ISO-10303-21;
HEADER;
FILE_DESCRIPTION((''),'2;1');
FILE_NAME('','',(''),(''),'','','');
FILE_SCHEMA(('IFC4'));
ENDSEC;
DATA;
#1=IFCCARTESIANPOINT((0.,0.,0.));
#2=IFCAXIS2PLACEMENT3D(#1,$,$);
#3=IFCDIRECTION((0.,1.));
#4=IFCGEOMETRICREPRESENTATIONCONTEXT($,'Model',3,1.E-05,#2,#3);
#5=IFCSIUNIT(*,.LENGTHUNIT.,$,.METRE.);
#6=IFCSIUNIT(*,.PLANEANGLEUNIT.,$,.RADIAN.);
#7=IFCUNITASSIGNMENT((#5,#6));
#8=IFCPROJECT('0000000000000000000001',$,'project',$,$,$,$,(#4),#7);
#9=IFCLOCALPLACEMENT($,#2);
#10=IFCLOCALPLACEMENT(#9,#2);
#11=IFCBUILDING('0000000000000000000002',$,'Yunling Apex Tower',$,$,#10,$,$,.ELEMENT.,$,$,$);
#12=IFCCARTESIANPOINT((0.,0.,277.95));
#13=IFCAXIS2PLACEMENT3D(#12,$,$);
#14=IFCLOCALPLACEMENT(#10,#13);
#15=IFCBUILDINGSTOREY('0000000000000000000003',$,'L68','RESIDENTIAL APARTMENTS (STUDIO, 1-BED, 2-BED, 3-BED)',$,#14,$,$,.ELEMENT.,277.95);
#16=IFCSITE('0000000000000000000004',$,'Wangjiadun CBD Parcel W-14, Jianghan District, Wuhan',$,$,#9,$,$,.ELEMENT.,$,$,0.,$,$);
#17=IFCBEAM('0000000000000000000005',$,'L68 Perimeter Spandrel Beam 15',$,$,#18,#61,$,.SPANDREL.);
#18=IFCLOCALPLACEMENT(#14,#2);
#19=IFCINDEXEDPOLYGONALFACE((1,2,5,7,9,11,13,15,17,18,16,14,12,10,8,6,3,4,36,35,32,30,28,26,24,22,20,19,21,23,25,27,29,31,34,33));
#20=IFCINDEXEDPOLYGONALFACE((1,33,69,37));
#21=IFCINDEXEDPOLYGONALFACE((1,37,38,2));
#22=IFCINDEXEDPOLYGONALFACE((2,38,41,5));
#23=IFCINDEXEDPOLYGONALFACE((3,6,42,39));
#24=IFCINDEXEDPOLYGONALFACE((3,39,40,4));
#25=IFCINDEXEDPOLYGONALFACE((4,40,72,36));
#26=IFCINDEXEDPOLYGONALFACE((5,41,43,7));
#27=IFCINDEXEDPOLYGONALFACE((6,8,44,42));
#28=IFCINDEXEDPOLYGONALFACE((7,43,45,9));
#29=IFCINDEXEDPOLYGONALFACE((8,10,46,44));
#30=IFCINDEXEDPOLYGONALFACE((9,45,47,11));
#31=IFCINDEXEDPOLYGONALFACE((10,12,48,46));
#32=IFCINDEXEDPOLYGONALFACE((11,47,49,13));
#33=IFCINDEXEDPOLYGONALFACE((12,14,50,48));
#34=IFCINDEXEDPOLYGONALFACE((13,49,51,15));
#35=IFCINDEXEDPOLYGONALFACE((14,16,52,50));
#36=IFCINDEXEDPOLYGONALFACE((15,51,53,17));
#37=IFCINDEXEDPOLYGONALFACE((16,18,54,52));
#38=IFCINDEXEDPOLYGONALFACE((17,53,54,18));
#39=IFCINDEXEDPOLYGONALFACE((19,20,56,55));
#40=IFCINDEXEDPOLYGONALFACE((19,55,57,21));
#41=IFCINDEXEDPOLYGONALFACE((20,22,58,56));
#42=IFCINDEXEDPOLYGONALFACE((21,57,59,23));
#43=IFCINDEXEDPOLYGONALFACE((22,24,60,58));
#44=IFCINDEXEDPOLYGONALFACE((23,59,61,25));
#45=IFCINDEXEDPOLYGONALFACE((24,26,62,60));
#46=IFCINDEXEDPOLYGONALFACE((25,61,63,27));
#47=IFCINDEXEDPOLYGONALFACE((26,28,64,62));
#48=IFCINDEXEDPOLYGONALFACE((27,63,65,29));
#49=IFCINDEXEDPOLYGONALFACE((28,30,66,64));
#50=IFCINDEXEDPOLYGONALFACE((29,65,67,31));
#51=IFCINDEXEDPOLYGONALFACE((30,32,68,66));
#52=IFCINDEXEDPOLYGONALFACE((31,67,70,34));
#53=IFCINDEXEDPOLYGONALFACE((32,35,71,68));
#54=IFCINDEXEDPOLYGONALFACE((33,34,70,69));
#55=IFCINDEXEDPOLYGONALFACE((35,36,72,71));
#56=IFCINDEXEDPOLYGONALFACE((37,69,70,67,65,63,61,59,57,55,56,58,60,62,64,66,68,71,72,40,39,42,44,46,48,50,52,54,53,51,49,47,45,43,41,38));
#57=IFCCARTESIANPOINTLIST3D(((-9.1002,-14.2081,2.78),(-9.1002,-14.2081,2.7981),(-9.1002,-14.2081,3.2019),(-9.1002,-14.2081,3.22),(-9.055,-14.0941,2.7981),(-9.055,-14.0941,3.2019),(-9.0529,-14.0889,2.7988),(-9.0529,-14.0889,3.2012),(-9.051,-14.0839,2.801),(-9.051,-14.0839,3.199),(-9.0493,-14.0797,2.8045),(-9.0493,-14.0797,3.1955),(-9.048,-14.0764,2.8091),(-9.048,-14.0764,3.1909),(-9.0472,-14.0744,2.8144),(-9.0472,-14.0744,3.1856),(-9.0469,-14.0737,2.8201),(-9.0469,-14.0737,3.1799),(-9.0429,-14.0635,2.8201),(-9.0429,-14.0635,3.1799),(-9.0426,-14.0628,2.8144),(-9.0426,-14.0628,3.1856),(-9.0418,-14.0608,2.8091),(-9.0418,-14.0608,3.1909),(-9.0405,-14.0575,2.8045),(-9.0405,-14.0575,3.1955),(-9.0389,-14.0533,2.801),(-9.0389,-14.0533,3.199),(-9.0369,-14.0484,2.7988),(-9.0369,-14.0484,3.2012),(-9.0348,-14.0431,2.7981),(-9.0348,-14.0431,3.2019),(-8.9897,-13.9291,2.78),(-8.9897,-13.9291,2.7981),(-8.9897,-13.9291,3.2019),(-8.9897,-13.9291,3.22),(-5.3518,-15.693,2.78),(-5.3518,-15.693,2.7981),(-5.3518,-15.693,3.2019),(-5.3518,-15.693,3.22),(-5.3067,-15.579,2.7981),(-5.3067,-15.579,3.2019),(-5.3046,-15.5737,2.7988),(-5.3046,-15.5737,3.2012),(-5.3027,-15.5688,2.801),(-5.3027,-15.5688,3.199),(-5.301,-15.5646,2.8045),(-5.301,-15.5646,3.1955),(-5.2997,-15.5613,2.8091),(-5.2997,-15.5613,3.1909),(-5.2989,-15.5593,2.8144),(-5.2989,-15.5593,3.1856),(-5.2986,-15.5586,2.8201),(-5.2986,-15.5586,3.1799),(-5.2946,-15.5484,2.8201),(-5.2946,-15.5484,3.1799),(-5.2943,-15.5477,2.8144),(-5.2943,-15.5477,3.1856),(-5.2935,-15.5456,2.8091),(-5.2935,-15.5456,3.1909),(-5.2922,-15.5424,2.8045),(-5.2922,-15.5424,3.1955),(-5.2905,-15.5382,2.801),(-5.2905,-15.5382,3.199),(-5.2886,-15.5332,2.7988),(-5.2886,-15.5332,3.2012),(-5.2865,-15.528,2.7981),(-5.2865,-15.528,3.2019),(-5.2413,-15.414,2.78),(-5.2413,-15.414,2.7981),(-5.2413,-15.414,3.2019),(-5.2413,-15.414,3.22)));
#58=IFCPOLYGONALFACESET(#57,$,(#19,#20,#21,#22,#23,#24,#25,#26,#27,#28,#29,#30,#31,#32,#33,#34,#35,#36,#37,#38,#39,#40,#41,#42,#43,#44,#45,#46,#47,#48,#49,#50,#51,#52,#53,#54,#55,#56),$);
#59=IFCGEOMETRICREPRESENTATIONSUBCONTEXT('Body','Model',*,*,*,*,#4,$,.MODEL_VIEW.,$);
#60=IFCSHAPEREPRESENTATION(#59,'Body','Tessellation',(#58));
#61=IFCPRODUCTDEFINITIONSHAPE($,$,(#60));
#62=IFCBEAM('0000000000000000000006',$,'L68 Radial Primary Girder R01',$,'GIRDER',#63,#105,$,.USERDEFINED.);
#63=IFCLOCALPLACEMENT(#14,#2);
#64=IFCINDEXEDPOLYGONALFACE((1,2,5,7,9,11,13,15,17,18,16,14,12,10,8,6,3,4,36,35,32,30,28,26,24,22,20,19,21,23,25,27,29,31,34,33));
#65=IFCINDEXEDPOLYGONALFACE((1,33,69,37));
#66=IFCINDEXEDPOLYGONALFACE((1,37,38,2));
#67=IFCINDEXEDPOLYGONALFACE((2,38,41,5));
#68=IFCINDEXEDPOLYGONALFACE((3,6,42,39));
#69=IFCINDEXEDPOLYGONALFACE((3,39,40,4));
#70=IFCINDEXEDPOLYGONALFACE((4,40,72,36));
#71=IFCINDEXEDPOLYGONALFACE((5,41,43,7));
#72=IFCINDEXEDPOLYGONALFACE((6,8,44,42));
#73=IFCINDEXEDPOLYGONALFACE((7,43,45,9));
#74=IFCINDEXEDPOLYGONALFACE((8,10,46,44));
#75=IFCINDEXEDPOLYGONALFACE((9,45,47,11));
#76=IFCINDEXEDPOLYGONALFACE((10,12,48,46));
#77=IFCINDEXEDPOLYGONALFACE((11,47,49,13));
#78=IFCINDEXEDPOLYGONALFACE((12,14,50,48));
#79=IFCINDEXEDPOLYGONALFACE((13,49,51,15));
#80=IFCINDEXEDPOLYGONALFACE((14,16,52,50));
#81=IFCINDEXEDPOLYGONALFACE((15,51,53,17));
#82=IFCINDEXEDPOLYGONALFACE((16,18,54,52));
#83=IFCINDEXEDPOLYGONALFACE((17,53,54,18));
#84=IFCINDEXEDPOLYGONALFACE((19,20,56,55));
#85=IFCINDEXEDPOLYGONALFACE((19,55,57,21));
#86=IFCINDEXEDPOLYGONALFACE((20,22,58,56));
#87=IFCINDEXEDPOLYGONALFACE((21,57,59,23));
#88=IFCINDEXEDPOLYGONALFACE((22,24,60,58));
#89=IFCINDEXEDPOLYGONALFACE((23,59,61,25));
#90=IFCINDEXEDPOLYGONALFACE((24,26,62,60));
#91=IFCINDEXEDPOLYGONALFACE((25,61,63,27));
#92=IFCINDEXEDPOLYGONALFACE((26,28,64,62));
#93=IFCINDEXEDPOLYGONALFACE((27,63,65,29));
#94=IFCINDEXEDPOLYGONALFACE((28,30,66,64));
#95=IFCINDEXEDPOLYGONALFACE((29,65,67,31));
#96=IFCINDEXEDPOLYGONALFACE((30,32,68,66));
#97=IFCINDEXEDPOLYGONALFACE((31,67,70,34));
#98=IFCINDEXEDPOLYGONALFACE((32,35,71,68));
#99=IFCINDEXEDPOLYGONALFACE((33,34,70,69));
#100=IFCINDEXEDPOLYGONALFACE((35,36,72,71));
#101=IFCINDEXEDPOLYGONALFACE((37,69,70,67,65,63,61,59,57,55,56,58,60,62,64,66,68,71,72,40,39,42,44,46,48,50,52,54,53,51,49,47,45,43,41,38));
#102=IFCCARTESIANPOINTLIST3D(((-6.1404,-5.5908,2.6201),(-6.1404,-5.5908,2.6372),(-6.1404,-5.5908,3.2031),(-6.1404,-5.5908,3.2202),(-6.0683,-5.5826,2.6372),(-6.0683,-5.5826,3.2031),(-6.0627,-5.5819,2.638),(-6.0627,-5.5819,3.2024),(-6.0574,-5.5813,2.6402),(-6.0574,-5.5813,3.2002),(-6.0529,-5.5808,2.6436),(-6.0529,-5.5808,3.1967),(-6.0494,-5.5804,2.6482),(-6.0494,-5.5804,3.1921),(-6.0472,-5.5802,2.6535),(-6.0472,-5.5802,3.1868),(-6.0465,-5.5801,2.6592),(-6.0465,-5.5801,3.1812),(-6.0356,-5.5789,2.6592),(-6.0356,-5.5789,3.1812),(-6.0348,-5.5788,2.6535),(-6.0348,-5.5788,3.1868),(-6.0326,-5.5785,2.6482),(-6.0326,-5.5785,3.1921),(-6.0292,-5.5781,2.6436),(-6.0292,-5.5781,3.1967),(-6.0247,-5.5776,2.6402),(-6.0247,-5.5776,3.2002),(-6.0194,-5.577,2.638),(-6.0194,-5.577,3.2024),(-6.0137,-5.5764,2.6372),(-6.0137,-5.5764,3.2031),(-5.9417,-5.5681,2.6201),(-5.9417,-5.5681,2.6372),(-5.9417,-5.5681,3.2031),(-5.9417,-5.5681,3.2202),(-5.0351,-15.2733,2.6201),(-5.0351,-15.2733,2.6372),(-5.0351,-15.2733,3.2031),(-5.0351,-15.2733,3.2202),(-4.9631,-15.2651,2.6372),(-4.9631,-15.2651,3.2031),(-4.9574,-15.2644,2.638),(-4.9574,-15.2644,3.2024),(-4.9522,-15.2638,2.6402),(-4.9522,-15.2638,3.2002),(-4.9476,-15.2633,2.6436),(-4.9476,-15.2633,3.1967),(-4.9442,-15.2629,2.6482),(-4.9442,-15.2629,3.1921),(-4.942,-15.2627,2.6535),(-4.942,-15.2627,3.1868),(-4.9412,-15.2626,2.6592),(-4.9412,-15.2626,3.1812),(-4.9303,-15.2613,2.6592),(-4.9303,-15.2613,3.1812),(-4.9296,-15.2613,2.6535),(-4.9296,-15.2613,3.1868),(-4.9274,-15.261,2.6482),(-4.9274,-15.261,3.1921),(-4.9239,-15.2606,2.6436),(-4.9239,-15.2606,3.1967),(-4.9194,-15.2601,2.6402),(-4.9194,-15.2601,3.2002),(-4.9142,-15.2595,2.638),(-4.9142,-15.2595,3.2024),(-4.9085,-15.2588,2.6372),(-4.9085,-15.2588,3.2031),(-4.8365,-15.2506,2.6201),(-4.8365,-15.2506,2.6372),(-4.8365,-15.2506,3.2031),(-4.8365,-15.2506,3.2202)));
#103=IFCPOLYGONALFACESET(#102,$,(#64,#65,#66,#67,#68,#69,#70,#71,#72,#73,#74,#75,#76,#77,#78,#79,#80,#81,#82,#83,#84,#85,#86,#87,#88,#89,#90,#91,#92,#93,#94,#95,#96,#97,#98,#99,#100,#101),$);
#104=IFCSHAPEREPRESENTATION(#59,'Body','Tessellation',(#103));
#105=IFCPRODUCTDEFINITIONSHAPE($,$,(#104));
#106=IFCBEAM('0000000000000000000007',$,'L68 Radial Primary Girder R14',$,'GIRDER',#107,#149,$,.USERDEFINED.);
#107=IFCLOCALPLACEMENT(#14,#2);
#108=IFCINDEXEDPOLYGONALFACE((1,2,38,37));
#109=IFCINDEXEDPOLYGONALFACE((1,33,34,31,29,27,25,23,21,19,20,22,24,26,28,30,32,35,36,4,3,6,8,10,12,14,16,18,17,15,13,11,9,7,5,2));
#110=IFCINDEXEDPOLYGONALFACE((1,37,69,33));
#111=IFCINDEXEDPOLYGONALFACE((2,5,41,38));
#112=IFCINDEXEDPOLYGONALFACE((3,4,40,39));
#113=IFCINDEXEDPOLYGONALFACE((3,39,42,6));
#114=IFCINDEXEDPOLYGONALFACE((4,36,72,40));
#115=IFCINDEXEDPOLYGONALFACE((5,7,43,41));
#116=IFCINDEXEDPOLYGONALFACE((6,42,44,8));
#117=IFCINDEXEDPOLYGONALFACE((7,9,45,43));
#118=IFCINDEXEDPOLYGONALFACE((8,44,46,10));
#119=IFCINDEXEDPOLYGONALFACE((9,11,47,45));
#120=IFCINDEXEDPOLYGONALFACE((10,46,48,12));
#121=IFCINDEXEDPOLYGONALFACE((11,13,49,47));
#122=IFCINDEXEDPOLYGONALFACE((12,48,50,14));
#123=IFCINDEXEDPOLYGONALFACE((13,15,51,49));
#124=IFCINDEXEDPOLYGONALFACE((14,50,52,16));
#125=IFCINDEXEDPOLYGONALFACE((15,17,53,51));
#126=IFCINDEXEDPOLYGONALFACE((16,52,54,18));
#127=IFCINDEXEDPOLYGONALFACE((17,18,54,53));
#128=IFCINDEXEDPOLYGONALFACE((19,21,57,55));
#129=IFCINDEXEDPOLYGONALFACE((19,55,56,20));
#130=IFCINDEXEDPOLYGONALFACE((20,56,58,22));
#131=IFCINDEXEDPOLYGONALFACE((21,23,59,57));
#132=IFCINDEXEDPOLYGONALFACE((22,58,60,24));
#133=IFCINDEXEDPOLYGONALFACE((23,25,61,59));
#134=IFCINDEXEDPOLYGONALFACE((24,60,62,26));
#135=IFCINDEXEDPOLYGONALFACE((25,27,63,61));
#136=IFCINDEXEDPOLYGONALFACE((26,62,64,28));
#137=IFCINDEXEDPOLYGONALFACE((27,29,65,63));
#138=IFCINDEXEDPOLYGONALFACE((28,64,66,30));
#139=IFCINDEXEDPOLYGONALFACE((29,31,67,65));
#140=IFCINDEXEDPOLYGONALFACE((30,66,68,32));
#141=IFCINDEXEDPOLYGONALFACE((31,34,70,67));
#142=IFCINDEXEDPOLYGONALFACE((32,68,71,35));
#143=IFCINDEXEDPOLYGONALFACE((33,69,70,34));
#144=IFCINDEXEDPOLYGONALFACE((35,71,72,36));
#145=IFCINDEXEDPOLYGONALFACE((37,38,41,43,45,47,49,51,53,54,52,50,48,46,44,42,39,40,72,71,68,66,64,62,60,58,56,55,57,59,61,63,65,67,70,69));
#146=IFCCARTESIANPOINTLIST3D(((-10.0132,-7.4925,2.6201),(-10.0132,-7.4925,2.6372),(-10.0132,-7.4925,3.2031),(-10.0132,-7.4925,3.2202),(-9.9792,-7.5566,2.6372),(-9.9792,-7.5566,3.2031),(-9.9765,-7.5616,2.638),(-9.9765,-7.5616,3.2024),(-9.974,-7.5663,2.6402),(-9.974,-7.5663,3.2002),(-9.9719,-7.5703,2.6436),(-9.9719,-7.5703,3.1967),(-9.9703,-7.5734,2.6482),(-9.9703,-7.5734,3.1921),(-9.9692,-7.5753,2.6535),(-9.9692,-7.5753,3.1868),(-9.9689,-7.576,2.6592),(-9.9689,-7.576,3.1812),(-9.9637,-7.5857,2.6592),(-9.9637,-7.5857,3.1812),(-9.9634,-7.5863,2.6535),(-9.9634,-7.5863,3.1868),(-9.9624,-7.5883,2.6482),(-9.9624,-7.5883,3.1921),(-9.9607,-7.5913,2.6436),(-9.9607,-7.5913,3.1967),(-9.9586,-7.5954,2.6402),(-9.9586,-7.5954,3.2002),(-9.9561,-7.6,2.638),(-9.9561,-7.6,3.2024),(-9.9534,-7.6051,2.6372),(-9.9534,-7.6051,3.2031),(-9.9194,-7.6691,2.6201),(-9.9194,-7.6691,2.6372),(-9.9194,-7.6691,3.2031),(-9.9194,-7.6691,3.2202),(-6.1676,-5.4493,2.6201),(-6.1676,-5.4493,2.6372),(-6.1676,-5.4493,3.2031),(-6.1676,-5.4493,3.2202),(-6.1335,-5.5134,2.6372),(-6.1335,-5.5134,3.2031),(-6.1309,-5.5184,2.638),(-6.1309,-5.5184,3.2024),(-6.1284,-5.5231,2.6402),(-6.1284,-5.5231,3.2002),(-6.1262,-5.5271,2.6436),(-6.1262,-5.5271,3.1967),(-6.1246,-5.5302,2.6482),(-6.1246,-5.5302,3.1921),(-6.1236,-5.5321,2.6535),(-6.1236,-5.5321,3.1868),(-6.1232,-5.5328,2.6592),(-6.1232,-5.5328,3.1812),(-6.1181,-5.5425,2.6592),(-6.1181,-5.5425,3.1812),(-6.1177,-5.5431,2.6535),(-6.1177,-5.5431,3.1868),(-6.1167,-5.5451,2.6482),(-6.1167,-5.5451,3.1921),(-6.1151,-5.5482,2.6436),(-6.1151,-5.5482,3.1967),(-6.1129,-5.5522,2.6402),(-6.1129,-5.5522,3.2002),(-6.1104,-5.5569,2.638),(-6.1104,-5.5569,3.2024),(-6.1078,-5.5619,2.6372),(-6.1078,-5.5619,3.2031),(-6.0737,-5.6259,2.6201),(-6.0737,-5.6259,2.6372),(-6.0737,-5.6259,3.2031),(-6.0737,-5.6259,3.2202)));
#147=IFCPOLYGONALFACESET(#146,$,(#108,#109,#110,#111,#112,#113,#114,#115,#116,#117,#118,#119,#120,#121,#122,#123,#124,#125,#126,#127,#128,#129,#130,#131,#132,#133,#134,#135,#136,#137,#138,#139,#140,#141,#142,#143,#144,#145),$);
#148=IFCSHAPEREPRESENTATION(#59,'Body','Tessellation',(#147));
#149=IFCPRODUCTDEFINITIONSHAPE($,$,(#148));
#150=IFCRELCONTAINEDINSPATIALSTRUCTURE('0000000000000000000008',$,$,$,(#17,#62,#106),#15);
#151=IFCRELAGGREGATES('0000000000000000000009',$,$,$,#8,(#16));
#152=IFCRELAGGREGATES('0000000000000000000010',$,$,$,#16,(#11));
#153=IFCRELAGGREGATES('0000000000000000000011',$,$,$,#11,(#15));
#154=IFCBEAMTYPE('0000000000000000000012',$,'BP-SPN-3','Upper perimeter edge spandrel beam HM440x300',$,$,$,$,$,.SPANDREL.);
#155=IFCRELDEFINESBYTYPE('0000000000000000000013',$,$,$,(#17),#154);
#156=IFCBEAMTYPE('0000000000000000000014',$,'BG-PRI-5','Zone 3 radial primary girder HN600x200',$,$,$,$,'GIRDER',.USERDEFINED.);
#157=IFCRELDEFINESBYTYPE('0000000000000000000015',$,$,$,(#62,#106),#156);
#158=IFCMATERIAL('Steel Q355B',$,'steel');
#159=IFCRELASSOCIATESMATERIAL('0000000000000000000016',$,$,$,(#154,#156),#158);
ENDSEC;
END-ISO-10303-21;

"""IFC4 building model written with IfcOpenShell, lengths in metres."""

from ifc_helpers import new_model, si_unit, direction, frame, origin, origin_2d, place, context, subcontext, project, spatial, i_section, extrude, source, transform, mapped, material, material_profile, profile_set, type_object, element, save


model = new_model("IFC4")

# Units and contexts
model_context = context("Model", 3, precision=1e-05, world=origin(), true_north=direction((0.0, 1.0)))
body_context = subcontext(model_context, "Body", "Model", "MODEL_VIEW")
ifc_project = project(units=[si_unit("LENGTHUNIT", "METRE"), si_unit("PLANEANGLEUNIT", "RADIAN")], contexts=[model_context])

# Site, building, storey
site_placement = place(None, origin())
site = spatial("IfcSite", under=ifc_project, at=site_placement, Name="Wangjiadun CBD Parcel W-14, Jianghan District, Wuhan", CompositionType="ELEMENT", RefElevation=0.0)
building_placement = place(site_placement, origin())
building = spatial("IfcBuilding", under=site, at=building_placement, Name="Yunling Apex Tower", CompositionType="ELEMENT")
storey_placement = place(building_placement, frame((0.0, 0.0, 277.95)))
storey = spatial("IfcBuildingStorey", under=building, at=storey_placement, Name="L68", Description="RESIDENTIAL APARTMENTS (STUDIO, 1-BED, 2-BED, 3-BED)", CompositionType="ELEMENT", Elevation=277.95)

# Shared definitions
ifc_material_1 = material(Name="Steel Q355B", Category="steel")

# Beams
ifc_material_profile_1 = material_profile(ifc_material_1, i_section(OverallWidth=0.3, OverallDepth=0.4399, WebThickness=0.011, FlangeThickness=0.0181, FilletRadius=0.022, at=origin_2d()))
ifc_profile_set_1 = profile_set([ifc_material_profile_1], Name="Steel Q355B")
beam_type_1 = type_object("IfcBeamType", Name="BP-SPN-3", Description="Upper perimeter edge spandrel beam HM440x300", PredefinedType="SPANDREL", material=ifc_profile_set_1)
shared_shape_1 = source(origin(), body_context, "Body", "SweptSolid", [
    extrude(i_section(OverallWidth=0.3, OverallDepth=0.4399, WebThickness=0.011, FlangeThickness=0.0181, FilletRadius=0.022, at=origin_2d()), origin(), (0.0, 0.0, 1.0), 4.0317),
])
beam_1_placement = place(storey_placement, frame((-9.0449, -14.0686, 3.0), z_axis=(0.929708, -0.368298, 0.0), x_axis=(0.368298, 0.929708, 0.0)))
element("IfcBeam", 1, at=beam_1_placement, inside=storey, type_object=beam_type_1, Name="L68 Perimeter Spandrel Beam 15", PredefinedType="SPANDREL", context=body_context, shape_type="MappedRepresentation", body=[
    mapped(shared_shape_1, transform((0.0, 0.0, 0.0), scale=1.0)),
])
ifc_material_profile_2 = material_profile(ifc_material_1, i_section(OverallWidth=0.2, OverallDepth=0.6001, WebThickness=0.011, FlangeThickness=0.0171, FilletRadius=0.022, at=origin_2d()))
ifc_profile_set_2 = profile_set([ifc_material_profile_2], Name="Steel Q355B")
beam_type_2 = type_object("IfcBeamType", Name="BG-PRI-5", Description="Zone 3 radial primary girder HN600x200", ElementType="GIRDER", PredefinedType="USERDEFINED", material=ifc_profile_set_2)
shared_shape_2 = source(origin(), body_context, "Body", "SweptSolid", [
    extrude(i_section(OverallWidth=0.2, OverallDepth=0.6001, WebThickness=0.011, FlangeThickness=0.0171, FilletRadius=0.022, at=origin_2d()), origin(), (0.0, 0.0, 1.0), 9.7454),
])
beam_2_placement = place(storey_placement, frame((-4.9358, -15.262, 2.9202), z_axis=(-0.113412, 0.993548, 0.0), x_axis=(-0.993548, -0.113412, 0.0)))
element("IfcBeam", 2, at=beam_2_placement, inside=storey, type_object=beam_type_2, Name="L68 Radial Primary Girder R01", ObjectType="GIRDER", PredefinedType="USERDEFINED", context=body_context, shape_type="MappedRepresentation", body=[
    mapped(shared_shape_2, transform((0.0, 0.0, 0.0), scale=1.0)),
])
shared_shape_3 = source(origin(), body_context, "Body", "SweptSolid", [
    extrude(i_section(OverallWidth=0.2, OverallDepth=0.6001, WebThickness=0.011, FlangeThickness=0.0171, FilletRadius=0.022, at=origin_2d()), origin(), (0.0, 0.0, 1.0), 4.3547),
])
beam_3_placement = place(storey_placement, frame((-9.9663, -7.5808, 2.9202), z_axis=(0.883098, 0.469188, 0.0), x_axis=(-0.469188, 0.883098, 0.0)))
element("IfcBeam", 3, at=beam_3_placement, inside=storey, type_object=beam_type_2, Name="L68 Radial Primary Girder R14", ObjectType="GIRDER", PredefinedType="USERDEFINED", context=body_context, shape_type="MappedRepresentation", body=[
    mapped(shared_shape_3, transform((0.0, 0.0, 0.0), scale=1.0)),
])

save(model, "model.ifc")
